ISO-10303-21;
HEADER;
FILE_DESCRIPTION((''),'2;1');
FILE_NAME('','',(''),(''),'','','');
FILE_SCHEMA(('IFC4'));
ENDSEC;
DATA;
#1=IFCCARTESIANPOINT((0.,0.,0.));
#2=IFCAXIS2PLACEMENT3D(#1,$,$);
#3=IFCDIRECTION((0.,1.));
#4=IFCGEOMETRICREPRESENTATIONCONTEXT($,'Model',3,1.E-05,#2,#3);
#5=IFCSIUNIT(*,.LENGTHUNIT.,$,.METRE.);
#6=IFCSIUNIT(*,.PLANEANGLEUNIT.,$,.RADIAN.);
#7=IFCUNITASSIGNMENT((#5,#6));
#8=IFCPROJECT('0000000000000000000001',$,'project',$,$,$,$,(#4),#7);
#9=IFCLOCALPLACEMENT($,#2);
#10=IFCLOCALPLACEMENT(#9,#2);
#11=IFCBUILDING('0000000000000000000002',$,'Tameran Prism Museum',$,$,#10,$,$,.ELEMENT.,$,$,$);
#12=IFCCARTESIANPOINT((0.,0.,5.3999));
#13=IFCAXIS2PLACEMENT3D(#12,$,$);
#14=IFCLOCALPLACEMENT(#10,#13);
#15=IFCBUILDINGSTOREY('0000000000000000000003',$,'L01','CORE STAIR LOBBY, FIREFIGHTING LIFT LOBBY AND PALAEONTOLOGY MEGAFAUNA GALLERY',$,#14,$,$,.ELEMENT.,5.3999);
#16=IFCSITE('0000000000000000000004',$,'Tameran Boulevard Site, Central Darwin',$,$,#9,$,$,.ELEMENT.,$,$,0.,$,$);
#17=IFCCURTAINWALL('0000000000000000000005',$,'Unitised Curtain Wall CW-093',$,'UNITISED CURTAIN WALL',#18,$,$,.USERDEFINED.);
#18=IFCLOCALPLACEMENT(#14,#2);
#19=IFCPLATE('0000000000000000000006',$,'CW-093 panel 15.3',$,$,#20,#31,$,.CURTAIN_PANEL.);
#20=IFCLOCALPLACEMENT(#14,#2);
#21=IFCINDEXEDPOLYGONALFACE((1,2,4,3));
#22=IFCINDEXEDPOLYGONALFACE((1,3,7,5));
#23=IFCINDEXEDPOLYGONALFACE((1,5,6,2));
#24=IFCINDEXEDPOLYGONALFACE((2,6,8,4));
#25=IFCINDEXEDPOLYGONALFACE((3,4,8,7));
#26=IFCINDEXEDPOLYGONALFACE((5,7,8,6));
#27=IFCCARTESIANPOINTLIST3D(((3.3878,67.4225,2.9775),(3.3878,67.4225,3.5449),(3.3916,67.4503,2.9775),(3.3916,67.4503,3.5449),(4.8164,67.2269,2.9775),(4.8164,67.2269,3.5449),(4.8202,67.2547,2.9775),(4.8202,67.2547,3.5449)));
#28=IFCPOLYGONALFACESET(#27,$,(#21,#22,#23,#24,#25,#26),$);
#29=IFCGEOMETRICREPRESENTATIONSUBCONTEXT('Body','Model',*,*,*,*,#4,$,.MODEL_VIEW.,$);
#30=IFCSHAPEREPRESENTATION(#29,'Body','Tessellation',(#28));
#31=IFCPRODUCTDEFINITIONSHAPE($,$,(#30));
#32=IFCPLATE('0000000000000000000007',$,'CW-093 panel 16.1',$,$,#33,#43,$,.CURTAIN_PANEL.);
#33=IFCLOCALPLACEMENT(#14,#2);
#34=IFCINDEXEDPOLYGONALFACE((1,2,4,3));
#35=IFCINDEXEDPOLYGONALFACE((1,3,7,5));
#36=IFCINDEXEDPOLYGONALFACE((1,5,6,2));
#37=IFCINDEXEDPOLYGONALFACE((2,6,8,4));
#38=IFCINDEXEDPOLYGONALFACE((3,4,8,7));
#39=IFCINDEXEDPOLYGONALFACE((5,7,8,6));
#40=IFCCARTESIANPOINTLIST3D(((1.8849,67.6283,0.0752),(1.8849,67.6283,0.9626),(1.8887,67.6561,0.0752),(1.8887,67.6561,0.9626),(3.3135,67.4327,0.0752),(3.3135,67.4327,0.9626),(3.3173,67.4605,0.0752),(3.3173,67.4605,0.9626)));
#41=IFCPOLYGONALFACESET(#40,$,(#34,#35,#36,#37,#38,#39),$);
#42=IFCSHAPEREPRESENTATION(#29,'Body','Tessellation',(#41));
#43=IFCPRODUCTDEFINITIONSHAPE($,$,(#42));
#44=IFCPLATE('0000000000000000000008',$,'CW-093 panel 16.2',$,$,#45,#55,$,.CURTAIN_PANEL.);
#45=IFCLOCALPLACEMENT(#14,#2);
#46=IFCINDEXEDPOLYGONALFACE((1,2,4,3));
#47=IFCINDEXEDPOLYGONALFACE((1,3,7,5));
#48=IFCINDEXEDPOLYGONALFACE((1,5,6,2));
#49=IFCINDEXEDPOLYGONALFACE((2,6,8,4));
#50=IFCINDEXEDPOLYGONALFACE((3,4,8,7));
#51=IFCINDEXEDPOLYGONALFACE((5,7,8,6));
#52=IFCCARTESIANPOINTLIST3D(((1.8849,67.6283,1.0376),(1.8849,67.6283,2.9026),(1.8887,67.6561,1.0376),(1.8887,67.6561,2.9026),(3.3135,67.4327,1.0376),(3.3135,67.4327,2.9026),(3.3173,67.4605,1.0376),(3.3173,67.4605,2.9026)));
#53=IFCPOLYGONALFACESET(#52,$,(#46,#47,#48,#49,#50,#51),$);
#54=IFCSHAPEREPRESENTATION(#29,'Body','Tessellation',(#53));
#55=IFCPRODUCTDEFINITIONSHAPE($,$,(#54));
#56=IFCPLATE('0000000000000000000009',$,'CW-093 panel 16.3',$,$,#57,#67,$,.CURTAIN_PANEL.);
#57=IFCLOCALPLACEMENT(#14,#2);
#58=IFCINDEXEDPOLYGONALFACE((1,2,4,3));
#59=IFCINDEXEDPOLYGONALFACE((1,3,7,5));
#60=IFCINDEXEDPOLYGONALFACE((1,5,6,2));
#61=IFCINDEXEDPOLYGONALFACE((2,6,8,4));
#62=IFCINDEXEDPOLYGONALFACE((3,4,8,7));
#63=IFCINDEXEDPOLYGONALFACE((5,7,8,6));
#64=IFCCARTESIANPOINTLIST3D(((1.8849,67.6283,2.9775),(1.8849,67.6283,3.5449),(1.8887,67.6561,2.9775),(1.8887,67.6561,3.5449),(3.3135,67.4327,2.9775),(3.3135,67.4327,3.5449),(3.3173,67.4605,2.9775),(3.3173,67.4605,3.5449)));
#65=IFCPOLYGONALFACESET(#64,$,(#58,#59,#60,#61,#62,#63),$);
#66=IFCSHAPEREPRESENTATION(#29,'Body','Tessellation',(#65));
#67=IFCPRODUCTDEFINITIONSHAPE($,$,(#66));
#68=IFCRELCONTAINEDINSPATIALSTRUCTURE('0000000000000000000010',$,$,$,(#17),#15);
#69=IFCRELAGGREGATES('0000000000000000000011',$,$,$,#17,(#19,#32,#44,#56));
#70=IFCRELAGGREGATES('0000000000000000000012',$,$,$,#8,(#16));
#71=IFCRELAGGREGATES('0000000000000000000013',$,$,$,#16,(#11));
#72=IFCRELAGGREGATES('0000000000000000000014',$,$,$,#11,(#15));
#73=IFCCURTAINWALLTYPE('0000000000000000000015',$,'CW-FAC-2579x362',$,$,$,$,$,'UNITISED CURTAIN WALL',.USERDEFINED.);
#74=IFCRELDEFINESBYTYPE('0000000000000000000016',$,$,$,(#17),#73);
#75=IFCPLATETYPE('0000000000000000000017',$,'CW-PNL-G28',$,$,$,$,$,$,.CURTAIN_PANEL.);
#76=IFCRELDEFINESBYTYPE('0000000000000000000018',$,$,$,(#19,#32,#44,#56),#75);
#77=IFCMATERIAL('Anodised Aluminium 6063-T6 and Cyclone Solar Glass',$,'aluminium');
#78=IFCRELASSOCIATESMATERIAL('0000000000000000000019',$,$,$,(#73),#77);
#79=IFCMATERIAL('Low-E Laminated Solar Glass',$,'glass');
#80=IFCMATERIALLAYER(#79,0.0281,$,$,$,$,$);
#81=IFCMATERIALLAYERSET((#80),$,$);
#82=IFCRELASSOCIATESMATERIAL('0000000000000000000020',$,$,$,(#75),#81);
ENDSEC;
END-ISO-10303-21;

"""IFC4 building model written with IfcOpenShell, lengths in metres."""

from ifc_helpers import new_model, si_unit, direction, frame, origin, origin_2d, place, context, subcontext, project, spatial, rectangle, extrude, material, layer, layer_set, type_object, element, aggregate, save


model = new_model("IFC4")

# Units and contexts
model_context = context("Model", 3, precision=1e-05, world=origin(), true_north=direction((0.0, 1.0)))
body_context = subcontext(model_context, "Body", "Model", "MODEL_VIEW")
ifc_project = project(units=[si_unit("LENGTHUNIT", "METRE"), si_unit("PLANEANGLEUNIT", "RADIAN")], contexts=[model_context])

# Site, building, storey
site_placement = place(None, origin())
site = spatial("IfcSite", under=ifc_project, at=site_placement, Name="Tameran Boulevard Site, Central Darwin", CompositionType="ELEMENT", RefElevation=0.0)
building_placement = place(site_placement, origin())
building = spatial("IfcBuilding", under=site, at=building_placement, Name="Tameran Prism Museum", CompositionType="ELEMENT")
storey_placement = place(building_placement, frame((0.0, 0.0, 5.3999)))
storey = spatial("IfcBuildingStorey", under=building, at=storey_placement, Name="L01", Description="CORE STAIR LOBBY, FIREFIGHTING LIFT LOBBY AND PALAEONTOLOGY MEGAFAUNA GALLERY", CompositionType="ELEMENT", Elevation=5.3999)

# Curtain wall, plates
ifc_material_1 = material(Name="Anodised Aluminium 6063-T6 and Cyclone Solar Glass", Category="aluminium")
curtain_wall_type = type_object("IfcCurtainWallType", Name="CW-FAC-2579x362", ElementType="UNITISED CURTAIN WALL", PredefinedType="USERDEFINED", material=ifc_material_1)
curtain_wall_placement = place(storey_placement, origin())
curtain_wall = element("IfcCurtainWall", 1, at=curtain_wall_placement, inside=storey, type_object=curtain_wall_type, Name="Unitised Curtain Wall CW-093", ObjectType="UNITISED CURTAIN WALL", PredefinedType="USERDEFINED")
ifc_material_2 = material(Name="Low-E Laminated Solar Glass", Category="glass")
ifc_layer = layer(ifc_material_2, 0.0281)
ifc_layer_set = layer_set([ifc_layer])
plate_type = type_object("IfcPlateType", Name="CW-PNL-G28", PredefinedType="CURTAIN_PANEL", material=ifc_layer_set)
plate_1_placement = place(storey_placement, frame((4.104, 67.3386, 2.9775), z_axis=(0.0, 0.0, 1.0), x_axis=(-0.990756, 0.135658, 0.0)))
plate_1 = element("IfcPlate", 2, at=plate_1_placement, type_object=plate_type, Name="CW-093 panel 15.3", PredefinedType="CURTAIN_PANEL", context=body_context, shape_type="SweptSolid", body=[
    extrude(rectangle(XDim=1.4419, YDim=0.0281, at=origin_2d()), origin(), (0.0, 0.0, 1.0), 0.5674),
])
plate_2_placement = place(storey_placement, frame((2.6011, 67.5444, 0.0752), z_axis=(0.0, 0.0, 1.0), x_axis=(-0.990756, 0.135658, 0.0)))
plate_2 = element("IfcPlate", 3, at=plate_2_placement, type_object=plate_type, Name="CW-093 panel 16.1", PredefinedType="CURTAIN_PANEL", context=body_context, shape_type="SweptSolid", body=[
    extrude(rectangle(XDim=1.4419, YDim=0.0281, at=origin_2d()), origin(), (0.0, 0.0, 1.0), 0.8875),
])
plate_3_placement = place(storey_placement, frame((2.6011, 67.5444, 1.0376), z_axis=(0.0, 0.0, 1.0), x_axis=(-0.990756, 0.135658, 0.0)))
plate_3 = element("IfcPlate", 4, at=plate_3_placement, type_object=plate_type, Name="CW-093 panel 16.2", PredefinedType="CURTAIN_PANEL", context=body_context, shape_type="SweptSolid", body=[
    extrude(rectangle(XDim=1.4419, YDim=0.0281, at=origin_2d()), origin(), (0.0, 0.0, 1.0), 1.865),
])
plate_4_placement = place(storey_placement, frame((2.6011, 67.5444, 2.9775), z_axis=(0.0, 0.0, 1.0), x_axis=(-0.990756, 0.135658, 0.0)))
plate_4 = element("IfcPlate", 5, at=plate_4_placement, type_object=plate_type, Name="CW-093 panel 16.3", PredefinedType="CURTAIN_PANEL", context=body_context, shape_type="SweptSolid", body=[
    extrude(rectangle(XDim=1.4419, YDim=0.0281, at=origin_2d()), origin(), (0.0, 0.0, 1.0), 0.5674),
])
aggregate(curtain_wall, [plate_1, plate_2, plate_3, plate_4])

save(model, "model.ifc")
